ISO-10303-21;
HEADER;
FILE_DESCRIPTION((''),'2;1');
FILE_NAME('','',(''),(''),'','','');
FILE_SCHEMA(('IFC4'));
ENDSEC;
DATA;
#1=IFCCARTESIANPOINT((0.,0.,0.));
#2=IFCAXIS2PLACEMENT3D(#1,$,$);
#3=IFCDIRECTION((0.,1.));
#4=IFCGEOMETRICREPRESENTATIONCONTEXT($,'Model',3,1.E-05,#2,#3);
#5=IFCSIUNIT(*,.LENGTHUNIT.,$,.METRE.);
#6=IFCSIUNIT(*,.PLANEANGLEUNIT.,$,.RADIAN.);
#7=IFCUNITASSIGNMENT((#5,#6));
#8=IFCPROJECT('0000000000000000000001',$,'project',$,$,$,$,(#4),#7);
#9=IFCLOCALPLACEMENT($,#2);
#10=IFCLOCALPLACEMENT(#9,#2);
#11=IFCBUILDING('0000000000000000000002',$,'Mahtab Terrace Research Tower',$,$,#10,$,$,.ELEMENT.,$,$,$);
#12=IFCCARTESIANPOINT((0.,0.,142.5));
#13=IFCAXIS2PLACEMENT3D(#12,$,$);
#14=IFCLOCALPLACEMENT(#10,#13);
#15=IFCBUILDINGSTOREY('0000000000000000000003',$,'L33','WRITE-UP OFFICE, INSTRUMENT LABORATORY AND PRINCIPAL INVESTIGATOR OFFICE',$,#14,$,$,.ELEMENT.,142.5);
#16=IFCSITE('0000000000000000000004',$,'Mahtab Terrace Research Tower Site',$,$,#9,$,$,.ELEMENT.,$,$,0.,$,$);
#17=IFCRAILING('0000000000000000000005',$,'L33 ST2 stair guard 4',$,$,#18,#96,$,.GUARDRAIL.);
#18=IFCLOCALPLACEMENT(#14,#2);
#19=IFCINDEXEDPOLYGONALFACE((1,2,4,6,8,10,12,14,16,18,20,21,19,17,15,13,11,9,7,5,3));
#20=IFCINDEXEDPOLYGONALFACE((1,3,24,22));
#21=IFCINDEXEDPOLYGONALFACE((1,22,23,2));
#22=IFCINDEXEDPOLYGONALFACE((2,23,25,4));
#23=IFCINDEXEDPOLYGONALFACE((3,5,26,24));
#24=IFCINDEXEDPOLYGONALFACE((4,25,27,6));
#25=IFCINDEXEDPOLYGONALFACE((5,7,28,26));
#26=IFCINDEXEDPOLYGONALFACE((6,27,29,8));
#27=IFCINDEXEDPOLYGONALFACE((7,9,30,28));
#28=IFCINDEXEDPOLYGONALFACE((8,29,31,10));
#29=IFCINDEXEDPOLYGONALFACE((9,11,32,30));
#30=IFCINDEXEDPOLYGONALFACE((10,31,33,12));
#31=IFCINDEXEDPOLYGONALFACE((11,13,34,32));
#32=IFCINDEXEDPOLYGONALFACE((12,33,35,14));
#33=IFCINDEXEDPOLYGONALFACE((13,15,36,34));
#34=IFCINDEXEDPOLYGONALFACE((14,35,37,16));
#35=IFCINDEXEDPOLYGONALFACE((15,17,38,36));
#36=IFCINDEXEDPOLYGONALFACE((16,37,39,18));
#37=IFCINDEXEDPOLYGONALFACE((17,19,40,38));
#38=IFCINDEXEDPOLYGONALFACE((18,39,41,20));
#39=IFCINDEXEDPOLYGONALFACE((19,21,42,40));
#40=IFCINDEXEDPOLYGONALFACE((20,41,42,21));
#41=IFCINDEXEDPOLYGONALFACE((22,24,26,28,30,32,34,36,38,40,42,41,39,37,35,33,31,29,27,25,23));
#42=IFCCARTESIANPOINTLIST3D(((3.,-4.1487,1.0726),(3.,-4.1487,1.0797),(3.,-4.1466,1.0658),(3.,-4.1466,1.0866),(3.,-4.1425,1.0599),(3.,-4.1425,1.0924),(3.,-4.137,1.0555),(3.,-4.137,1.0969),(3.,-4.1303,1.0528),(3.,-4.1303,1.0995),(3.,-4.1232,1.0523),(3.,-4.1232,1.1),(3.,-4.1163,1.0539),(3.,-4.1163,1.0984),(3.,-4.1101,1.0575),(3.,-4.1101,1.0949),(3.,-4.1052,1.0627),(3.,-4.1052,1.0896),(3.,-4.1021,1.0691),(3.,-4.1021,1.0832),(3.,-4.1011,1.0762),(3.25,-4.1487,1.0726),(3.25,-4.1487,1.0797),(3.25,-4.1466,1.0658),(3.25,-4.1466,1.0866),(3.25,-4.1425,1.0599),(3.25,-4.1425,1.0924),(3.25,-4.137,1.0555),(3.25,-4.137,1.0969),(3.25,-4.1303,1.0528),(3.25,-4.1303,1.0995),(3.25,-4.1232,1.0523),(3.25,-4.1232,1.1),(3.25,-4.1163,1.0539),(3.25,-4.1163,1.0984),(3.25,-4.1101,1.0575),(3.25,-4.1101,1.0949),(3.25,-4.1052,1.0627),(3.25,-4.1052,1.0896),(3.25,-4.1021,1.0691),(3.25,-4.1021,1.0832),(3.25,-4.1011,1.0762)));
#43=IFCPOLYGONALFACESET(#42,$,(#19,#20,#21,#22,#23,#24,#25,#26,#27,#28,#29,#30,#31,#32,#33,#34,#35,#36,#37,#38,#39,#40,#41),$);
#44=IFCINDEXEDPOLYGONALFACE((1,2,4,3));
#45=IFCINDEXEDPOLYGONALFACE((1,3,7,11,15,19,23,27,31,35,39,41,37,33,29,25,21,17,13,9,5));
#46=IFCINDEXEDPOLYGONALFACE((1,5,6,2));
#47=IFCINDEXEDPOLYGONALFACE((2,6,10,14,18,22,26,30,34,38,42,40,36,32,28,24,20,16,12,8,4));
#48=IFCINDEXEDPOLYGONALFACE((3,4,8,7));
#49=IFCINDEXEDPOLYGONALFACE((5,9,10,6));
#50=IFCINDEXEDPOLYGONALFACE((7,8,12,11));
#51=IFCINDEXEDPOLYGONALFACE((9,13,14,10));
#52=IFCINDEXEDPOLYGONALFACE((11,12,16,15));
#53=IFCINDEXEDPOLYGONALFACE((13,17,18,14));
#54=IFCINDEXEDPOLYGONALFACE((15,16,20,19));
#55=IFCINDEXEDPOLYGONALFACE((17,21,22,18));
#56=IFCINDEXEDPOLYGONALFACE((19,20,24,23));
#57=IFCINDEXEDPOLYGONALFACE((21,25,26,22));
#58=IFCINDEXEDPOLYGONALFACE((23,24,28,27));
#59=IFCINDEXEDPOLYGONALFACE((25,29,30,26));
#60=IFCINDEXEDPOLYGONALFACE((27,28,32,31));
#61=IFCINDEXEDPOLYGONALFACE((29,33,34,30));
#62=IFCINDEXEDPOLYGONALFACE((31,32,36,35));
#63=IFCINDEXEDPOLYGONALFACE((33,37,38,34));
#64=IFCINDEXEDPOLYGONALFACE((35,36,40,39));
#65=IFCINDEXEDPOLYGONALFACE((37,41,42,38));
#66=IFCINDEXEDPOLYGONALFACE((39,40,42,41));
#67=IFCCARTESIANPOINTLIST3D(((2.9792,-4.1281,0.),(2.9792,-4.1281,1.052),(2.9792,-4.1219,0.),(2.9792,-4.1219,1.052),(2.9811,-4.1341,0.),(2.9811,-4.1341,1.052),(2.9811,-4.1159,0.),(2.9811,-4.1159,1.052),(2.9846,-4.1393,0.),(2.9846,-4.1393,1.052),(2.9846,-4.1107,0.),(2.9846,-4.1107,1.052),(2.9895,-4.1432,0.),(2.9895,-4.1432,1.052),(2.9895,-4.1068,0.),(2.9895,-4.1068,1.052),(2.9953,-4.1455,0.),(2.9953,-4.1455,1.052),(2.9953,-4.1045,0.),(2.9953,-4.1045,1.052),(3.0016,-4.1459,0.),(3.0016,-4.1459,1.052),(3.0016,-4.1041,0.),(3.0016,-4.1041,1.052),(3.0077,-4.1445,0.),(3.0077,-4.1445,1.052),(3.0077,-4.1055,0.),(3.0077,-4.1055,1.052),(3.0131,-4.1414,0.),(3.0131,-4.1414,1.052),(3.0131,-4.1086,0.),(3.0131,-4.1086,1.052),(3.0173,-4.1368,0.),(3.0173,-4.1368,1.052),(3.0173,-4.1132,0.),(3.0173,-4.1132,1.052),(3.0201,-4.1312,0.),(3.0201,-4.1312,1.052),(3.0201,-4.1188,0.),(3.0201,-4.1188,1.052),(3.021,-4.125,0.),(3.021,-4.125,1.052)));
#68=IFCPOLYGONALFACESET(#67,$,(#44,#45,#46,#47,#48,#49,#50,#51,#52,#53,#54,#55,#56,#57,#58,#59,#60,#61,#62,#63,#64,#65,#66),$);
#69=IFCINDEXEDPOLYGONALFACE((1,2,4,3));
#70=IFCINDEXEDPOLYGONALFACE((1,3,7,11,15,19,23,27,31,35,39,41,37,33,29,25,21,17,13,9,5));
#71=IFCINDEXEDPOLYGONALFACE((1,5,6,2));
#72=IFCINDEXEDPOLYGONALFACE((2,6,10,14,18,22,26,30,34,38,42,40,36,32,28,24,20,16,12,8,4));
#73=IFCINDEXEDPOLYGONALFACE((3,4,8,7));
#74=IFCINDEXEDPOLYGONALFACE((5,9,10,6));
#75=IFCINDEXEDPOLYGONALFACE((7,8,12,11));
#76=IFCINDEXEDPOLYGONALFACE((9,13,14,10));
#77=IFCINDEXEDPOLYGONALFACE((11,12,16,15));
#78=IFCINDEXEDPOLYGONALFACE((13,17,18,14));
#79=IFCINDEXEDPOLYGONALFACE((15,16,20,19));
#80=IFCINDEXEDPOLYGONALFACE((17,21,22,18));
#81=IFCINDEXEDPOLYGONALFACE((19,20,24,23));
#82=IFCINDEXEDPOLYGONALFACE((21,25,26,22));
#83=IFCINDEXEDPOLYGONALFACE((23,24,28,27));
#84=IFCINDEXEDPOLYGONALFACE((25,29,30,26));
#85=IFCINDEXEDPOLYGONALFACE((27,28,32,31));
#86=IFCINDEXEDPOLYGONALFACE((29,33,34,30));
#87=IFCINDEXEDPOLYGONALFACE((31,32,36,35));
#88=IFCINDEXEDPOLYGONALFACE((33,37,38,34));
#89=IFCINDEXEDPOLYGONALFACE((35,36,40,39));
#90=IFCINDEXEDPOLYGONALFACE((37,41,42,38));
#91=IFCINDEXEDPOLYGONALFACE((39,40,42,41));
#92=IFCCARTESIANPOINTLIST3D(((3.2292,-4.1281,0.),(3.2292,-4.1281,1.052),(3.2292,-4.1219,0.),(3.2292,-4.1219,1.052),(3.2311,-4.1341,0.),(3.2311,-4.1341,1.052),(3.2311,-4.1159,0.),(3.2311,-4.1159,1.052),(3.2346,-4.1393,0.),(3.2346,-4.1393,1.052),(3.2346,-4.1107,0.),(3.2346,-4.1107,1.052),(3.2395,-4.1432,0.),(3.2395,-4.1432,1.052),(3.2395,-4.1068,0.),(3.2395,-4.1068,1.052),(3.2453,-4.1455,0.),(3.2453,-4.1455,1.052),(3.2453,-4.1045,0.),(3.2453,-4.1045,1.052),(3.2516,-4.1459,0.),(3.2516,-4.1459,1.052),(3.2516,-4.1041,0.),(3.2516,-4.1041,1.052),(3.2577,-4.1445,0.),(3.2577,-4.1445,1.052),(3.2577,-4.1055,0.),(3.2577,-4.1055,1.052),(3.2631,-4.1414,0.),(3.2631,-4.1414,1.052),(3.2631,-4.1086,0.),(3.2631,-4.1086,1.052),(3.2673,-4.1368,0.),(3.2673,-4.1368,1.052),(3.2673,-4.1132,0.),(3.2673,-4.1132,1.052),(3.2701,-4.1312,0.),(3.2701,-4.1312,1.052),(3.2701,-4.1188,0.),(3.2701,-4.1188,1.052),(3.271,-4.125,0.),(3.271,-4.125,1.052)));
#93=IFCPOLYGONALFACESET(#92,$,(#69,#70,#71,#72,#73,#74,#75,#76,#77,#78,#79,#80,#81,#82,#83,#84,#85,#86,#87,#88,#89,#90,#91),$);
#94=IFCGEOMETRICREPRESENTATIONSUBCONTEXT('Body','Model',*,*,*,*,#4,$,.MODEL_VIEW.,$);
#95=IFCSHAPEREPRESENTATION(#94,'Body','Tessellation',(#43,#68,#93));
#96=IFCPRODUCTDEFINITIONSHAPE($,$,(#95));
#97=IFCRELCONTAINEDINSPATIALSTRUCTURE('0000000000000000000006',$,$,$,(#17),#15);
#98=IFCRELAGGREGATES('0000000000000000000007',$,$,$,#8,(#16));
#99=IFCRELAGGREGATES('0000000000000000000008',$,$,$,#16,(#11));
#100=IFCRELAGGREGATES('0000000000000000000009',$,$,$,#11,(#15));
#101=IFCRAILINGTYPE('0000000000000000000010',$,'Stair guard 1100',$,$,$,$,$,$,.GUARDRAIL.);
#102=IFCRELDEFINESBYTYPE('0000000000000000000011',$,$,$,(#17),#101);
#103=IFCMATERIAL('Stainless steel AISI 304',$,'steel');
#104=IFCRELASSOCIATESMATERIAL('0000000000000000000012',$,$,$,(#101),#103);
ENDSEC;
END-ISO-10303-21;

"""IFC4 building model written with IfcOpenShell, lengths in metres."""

from ifc_helpers import new_model, si_unit, direction, frame, origin, origin_2d, place, context, subcontext, project, spatial, circle, extrude, material, type_object, element, save


model = new_model("IFC4")

# Units and contexts
model_context = context("Model", 3, precision=1e-05, world=origin(), true_north=direction((0.0, 1.0)))
body_context = subcontext(model_context, "Body", "Model", "MODEL_VIEW")
ifc_project = project(units=[si_unit("LENGTHUNIT", "METRE"), si_unit("PLANEANGLEUNIT", "RADIAN")], contexts=[model_context])

# Site, building, storey
site_placement = place(None, origin())
site = spatial("IfcSite", under=ifc_project, at=site_placement, Name="Mahtab Terrace Research Tower Site", CompositionType="ELEMENT", RefElevation=0.0)
building_placement = place(site_placement, origin())
building = spatial("IfcBuilding", under=site, at=building_placement, Name="Mahtab Terrace Research Tower", CompositionType="ELEMENT")
storey_placement = place(building_placement, frame((0.0, 0.0, 142.5)))
storey = spatial("IfcBuildingStorey", under=building, at=storey_placement, Name="L33", Description="WRITE-UP OFFICE, INSTRUMENT LABORATORY AND PRINCIPAL INVESTIGATOR OFFICE", CompositionType="ELEMENT", Elevation=142.5)

# Railing
ifc_material_1 = material(Name="Stainless steel AISI 304", Category="steel")
railing_type_1 = type_object("IfcRailingType", Name="Stair guard 1100", PredefinedType="GUARDRAIL", material=ifc_material_1)
railing_1_placement = place(storey_placement, frame((3.0, -4.125, 0.0)))
element("IfcRailing", 1, at=railing_1_placement, inside=storey, type_object=railing_type_1, Name="L33 ST2 stair guard 4", PredefinedType="GUARDRAIL", context=body_context, shape_type="SweptSolid", body=[
    extrude(circle(Radius=0.0239, at=origin_2d()), frame((0.0, 0.0, 1.0762), z_axis=(1.0, 0.0, 0.0), x_axis=(0.0, 1.0, 0.0)), (0.0, 0.0, 1.0), 0.25),
    extrude(circle(Radius=0.021, at=origin_2d()), origin(), (0.0, 0.0, 1.0), 1.052),
    extrude(circle(Radius=0.021, at=origin_2d()), frame((0.25, 0.0, 0.0)), (0.0, 0.0, 1.0), 1.052),
])

save(model, "model.ifc")
